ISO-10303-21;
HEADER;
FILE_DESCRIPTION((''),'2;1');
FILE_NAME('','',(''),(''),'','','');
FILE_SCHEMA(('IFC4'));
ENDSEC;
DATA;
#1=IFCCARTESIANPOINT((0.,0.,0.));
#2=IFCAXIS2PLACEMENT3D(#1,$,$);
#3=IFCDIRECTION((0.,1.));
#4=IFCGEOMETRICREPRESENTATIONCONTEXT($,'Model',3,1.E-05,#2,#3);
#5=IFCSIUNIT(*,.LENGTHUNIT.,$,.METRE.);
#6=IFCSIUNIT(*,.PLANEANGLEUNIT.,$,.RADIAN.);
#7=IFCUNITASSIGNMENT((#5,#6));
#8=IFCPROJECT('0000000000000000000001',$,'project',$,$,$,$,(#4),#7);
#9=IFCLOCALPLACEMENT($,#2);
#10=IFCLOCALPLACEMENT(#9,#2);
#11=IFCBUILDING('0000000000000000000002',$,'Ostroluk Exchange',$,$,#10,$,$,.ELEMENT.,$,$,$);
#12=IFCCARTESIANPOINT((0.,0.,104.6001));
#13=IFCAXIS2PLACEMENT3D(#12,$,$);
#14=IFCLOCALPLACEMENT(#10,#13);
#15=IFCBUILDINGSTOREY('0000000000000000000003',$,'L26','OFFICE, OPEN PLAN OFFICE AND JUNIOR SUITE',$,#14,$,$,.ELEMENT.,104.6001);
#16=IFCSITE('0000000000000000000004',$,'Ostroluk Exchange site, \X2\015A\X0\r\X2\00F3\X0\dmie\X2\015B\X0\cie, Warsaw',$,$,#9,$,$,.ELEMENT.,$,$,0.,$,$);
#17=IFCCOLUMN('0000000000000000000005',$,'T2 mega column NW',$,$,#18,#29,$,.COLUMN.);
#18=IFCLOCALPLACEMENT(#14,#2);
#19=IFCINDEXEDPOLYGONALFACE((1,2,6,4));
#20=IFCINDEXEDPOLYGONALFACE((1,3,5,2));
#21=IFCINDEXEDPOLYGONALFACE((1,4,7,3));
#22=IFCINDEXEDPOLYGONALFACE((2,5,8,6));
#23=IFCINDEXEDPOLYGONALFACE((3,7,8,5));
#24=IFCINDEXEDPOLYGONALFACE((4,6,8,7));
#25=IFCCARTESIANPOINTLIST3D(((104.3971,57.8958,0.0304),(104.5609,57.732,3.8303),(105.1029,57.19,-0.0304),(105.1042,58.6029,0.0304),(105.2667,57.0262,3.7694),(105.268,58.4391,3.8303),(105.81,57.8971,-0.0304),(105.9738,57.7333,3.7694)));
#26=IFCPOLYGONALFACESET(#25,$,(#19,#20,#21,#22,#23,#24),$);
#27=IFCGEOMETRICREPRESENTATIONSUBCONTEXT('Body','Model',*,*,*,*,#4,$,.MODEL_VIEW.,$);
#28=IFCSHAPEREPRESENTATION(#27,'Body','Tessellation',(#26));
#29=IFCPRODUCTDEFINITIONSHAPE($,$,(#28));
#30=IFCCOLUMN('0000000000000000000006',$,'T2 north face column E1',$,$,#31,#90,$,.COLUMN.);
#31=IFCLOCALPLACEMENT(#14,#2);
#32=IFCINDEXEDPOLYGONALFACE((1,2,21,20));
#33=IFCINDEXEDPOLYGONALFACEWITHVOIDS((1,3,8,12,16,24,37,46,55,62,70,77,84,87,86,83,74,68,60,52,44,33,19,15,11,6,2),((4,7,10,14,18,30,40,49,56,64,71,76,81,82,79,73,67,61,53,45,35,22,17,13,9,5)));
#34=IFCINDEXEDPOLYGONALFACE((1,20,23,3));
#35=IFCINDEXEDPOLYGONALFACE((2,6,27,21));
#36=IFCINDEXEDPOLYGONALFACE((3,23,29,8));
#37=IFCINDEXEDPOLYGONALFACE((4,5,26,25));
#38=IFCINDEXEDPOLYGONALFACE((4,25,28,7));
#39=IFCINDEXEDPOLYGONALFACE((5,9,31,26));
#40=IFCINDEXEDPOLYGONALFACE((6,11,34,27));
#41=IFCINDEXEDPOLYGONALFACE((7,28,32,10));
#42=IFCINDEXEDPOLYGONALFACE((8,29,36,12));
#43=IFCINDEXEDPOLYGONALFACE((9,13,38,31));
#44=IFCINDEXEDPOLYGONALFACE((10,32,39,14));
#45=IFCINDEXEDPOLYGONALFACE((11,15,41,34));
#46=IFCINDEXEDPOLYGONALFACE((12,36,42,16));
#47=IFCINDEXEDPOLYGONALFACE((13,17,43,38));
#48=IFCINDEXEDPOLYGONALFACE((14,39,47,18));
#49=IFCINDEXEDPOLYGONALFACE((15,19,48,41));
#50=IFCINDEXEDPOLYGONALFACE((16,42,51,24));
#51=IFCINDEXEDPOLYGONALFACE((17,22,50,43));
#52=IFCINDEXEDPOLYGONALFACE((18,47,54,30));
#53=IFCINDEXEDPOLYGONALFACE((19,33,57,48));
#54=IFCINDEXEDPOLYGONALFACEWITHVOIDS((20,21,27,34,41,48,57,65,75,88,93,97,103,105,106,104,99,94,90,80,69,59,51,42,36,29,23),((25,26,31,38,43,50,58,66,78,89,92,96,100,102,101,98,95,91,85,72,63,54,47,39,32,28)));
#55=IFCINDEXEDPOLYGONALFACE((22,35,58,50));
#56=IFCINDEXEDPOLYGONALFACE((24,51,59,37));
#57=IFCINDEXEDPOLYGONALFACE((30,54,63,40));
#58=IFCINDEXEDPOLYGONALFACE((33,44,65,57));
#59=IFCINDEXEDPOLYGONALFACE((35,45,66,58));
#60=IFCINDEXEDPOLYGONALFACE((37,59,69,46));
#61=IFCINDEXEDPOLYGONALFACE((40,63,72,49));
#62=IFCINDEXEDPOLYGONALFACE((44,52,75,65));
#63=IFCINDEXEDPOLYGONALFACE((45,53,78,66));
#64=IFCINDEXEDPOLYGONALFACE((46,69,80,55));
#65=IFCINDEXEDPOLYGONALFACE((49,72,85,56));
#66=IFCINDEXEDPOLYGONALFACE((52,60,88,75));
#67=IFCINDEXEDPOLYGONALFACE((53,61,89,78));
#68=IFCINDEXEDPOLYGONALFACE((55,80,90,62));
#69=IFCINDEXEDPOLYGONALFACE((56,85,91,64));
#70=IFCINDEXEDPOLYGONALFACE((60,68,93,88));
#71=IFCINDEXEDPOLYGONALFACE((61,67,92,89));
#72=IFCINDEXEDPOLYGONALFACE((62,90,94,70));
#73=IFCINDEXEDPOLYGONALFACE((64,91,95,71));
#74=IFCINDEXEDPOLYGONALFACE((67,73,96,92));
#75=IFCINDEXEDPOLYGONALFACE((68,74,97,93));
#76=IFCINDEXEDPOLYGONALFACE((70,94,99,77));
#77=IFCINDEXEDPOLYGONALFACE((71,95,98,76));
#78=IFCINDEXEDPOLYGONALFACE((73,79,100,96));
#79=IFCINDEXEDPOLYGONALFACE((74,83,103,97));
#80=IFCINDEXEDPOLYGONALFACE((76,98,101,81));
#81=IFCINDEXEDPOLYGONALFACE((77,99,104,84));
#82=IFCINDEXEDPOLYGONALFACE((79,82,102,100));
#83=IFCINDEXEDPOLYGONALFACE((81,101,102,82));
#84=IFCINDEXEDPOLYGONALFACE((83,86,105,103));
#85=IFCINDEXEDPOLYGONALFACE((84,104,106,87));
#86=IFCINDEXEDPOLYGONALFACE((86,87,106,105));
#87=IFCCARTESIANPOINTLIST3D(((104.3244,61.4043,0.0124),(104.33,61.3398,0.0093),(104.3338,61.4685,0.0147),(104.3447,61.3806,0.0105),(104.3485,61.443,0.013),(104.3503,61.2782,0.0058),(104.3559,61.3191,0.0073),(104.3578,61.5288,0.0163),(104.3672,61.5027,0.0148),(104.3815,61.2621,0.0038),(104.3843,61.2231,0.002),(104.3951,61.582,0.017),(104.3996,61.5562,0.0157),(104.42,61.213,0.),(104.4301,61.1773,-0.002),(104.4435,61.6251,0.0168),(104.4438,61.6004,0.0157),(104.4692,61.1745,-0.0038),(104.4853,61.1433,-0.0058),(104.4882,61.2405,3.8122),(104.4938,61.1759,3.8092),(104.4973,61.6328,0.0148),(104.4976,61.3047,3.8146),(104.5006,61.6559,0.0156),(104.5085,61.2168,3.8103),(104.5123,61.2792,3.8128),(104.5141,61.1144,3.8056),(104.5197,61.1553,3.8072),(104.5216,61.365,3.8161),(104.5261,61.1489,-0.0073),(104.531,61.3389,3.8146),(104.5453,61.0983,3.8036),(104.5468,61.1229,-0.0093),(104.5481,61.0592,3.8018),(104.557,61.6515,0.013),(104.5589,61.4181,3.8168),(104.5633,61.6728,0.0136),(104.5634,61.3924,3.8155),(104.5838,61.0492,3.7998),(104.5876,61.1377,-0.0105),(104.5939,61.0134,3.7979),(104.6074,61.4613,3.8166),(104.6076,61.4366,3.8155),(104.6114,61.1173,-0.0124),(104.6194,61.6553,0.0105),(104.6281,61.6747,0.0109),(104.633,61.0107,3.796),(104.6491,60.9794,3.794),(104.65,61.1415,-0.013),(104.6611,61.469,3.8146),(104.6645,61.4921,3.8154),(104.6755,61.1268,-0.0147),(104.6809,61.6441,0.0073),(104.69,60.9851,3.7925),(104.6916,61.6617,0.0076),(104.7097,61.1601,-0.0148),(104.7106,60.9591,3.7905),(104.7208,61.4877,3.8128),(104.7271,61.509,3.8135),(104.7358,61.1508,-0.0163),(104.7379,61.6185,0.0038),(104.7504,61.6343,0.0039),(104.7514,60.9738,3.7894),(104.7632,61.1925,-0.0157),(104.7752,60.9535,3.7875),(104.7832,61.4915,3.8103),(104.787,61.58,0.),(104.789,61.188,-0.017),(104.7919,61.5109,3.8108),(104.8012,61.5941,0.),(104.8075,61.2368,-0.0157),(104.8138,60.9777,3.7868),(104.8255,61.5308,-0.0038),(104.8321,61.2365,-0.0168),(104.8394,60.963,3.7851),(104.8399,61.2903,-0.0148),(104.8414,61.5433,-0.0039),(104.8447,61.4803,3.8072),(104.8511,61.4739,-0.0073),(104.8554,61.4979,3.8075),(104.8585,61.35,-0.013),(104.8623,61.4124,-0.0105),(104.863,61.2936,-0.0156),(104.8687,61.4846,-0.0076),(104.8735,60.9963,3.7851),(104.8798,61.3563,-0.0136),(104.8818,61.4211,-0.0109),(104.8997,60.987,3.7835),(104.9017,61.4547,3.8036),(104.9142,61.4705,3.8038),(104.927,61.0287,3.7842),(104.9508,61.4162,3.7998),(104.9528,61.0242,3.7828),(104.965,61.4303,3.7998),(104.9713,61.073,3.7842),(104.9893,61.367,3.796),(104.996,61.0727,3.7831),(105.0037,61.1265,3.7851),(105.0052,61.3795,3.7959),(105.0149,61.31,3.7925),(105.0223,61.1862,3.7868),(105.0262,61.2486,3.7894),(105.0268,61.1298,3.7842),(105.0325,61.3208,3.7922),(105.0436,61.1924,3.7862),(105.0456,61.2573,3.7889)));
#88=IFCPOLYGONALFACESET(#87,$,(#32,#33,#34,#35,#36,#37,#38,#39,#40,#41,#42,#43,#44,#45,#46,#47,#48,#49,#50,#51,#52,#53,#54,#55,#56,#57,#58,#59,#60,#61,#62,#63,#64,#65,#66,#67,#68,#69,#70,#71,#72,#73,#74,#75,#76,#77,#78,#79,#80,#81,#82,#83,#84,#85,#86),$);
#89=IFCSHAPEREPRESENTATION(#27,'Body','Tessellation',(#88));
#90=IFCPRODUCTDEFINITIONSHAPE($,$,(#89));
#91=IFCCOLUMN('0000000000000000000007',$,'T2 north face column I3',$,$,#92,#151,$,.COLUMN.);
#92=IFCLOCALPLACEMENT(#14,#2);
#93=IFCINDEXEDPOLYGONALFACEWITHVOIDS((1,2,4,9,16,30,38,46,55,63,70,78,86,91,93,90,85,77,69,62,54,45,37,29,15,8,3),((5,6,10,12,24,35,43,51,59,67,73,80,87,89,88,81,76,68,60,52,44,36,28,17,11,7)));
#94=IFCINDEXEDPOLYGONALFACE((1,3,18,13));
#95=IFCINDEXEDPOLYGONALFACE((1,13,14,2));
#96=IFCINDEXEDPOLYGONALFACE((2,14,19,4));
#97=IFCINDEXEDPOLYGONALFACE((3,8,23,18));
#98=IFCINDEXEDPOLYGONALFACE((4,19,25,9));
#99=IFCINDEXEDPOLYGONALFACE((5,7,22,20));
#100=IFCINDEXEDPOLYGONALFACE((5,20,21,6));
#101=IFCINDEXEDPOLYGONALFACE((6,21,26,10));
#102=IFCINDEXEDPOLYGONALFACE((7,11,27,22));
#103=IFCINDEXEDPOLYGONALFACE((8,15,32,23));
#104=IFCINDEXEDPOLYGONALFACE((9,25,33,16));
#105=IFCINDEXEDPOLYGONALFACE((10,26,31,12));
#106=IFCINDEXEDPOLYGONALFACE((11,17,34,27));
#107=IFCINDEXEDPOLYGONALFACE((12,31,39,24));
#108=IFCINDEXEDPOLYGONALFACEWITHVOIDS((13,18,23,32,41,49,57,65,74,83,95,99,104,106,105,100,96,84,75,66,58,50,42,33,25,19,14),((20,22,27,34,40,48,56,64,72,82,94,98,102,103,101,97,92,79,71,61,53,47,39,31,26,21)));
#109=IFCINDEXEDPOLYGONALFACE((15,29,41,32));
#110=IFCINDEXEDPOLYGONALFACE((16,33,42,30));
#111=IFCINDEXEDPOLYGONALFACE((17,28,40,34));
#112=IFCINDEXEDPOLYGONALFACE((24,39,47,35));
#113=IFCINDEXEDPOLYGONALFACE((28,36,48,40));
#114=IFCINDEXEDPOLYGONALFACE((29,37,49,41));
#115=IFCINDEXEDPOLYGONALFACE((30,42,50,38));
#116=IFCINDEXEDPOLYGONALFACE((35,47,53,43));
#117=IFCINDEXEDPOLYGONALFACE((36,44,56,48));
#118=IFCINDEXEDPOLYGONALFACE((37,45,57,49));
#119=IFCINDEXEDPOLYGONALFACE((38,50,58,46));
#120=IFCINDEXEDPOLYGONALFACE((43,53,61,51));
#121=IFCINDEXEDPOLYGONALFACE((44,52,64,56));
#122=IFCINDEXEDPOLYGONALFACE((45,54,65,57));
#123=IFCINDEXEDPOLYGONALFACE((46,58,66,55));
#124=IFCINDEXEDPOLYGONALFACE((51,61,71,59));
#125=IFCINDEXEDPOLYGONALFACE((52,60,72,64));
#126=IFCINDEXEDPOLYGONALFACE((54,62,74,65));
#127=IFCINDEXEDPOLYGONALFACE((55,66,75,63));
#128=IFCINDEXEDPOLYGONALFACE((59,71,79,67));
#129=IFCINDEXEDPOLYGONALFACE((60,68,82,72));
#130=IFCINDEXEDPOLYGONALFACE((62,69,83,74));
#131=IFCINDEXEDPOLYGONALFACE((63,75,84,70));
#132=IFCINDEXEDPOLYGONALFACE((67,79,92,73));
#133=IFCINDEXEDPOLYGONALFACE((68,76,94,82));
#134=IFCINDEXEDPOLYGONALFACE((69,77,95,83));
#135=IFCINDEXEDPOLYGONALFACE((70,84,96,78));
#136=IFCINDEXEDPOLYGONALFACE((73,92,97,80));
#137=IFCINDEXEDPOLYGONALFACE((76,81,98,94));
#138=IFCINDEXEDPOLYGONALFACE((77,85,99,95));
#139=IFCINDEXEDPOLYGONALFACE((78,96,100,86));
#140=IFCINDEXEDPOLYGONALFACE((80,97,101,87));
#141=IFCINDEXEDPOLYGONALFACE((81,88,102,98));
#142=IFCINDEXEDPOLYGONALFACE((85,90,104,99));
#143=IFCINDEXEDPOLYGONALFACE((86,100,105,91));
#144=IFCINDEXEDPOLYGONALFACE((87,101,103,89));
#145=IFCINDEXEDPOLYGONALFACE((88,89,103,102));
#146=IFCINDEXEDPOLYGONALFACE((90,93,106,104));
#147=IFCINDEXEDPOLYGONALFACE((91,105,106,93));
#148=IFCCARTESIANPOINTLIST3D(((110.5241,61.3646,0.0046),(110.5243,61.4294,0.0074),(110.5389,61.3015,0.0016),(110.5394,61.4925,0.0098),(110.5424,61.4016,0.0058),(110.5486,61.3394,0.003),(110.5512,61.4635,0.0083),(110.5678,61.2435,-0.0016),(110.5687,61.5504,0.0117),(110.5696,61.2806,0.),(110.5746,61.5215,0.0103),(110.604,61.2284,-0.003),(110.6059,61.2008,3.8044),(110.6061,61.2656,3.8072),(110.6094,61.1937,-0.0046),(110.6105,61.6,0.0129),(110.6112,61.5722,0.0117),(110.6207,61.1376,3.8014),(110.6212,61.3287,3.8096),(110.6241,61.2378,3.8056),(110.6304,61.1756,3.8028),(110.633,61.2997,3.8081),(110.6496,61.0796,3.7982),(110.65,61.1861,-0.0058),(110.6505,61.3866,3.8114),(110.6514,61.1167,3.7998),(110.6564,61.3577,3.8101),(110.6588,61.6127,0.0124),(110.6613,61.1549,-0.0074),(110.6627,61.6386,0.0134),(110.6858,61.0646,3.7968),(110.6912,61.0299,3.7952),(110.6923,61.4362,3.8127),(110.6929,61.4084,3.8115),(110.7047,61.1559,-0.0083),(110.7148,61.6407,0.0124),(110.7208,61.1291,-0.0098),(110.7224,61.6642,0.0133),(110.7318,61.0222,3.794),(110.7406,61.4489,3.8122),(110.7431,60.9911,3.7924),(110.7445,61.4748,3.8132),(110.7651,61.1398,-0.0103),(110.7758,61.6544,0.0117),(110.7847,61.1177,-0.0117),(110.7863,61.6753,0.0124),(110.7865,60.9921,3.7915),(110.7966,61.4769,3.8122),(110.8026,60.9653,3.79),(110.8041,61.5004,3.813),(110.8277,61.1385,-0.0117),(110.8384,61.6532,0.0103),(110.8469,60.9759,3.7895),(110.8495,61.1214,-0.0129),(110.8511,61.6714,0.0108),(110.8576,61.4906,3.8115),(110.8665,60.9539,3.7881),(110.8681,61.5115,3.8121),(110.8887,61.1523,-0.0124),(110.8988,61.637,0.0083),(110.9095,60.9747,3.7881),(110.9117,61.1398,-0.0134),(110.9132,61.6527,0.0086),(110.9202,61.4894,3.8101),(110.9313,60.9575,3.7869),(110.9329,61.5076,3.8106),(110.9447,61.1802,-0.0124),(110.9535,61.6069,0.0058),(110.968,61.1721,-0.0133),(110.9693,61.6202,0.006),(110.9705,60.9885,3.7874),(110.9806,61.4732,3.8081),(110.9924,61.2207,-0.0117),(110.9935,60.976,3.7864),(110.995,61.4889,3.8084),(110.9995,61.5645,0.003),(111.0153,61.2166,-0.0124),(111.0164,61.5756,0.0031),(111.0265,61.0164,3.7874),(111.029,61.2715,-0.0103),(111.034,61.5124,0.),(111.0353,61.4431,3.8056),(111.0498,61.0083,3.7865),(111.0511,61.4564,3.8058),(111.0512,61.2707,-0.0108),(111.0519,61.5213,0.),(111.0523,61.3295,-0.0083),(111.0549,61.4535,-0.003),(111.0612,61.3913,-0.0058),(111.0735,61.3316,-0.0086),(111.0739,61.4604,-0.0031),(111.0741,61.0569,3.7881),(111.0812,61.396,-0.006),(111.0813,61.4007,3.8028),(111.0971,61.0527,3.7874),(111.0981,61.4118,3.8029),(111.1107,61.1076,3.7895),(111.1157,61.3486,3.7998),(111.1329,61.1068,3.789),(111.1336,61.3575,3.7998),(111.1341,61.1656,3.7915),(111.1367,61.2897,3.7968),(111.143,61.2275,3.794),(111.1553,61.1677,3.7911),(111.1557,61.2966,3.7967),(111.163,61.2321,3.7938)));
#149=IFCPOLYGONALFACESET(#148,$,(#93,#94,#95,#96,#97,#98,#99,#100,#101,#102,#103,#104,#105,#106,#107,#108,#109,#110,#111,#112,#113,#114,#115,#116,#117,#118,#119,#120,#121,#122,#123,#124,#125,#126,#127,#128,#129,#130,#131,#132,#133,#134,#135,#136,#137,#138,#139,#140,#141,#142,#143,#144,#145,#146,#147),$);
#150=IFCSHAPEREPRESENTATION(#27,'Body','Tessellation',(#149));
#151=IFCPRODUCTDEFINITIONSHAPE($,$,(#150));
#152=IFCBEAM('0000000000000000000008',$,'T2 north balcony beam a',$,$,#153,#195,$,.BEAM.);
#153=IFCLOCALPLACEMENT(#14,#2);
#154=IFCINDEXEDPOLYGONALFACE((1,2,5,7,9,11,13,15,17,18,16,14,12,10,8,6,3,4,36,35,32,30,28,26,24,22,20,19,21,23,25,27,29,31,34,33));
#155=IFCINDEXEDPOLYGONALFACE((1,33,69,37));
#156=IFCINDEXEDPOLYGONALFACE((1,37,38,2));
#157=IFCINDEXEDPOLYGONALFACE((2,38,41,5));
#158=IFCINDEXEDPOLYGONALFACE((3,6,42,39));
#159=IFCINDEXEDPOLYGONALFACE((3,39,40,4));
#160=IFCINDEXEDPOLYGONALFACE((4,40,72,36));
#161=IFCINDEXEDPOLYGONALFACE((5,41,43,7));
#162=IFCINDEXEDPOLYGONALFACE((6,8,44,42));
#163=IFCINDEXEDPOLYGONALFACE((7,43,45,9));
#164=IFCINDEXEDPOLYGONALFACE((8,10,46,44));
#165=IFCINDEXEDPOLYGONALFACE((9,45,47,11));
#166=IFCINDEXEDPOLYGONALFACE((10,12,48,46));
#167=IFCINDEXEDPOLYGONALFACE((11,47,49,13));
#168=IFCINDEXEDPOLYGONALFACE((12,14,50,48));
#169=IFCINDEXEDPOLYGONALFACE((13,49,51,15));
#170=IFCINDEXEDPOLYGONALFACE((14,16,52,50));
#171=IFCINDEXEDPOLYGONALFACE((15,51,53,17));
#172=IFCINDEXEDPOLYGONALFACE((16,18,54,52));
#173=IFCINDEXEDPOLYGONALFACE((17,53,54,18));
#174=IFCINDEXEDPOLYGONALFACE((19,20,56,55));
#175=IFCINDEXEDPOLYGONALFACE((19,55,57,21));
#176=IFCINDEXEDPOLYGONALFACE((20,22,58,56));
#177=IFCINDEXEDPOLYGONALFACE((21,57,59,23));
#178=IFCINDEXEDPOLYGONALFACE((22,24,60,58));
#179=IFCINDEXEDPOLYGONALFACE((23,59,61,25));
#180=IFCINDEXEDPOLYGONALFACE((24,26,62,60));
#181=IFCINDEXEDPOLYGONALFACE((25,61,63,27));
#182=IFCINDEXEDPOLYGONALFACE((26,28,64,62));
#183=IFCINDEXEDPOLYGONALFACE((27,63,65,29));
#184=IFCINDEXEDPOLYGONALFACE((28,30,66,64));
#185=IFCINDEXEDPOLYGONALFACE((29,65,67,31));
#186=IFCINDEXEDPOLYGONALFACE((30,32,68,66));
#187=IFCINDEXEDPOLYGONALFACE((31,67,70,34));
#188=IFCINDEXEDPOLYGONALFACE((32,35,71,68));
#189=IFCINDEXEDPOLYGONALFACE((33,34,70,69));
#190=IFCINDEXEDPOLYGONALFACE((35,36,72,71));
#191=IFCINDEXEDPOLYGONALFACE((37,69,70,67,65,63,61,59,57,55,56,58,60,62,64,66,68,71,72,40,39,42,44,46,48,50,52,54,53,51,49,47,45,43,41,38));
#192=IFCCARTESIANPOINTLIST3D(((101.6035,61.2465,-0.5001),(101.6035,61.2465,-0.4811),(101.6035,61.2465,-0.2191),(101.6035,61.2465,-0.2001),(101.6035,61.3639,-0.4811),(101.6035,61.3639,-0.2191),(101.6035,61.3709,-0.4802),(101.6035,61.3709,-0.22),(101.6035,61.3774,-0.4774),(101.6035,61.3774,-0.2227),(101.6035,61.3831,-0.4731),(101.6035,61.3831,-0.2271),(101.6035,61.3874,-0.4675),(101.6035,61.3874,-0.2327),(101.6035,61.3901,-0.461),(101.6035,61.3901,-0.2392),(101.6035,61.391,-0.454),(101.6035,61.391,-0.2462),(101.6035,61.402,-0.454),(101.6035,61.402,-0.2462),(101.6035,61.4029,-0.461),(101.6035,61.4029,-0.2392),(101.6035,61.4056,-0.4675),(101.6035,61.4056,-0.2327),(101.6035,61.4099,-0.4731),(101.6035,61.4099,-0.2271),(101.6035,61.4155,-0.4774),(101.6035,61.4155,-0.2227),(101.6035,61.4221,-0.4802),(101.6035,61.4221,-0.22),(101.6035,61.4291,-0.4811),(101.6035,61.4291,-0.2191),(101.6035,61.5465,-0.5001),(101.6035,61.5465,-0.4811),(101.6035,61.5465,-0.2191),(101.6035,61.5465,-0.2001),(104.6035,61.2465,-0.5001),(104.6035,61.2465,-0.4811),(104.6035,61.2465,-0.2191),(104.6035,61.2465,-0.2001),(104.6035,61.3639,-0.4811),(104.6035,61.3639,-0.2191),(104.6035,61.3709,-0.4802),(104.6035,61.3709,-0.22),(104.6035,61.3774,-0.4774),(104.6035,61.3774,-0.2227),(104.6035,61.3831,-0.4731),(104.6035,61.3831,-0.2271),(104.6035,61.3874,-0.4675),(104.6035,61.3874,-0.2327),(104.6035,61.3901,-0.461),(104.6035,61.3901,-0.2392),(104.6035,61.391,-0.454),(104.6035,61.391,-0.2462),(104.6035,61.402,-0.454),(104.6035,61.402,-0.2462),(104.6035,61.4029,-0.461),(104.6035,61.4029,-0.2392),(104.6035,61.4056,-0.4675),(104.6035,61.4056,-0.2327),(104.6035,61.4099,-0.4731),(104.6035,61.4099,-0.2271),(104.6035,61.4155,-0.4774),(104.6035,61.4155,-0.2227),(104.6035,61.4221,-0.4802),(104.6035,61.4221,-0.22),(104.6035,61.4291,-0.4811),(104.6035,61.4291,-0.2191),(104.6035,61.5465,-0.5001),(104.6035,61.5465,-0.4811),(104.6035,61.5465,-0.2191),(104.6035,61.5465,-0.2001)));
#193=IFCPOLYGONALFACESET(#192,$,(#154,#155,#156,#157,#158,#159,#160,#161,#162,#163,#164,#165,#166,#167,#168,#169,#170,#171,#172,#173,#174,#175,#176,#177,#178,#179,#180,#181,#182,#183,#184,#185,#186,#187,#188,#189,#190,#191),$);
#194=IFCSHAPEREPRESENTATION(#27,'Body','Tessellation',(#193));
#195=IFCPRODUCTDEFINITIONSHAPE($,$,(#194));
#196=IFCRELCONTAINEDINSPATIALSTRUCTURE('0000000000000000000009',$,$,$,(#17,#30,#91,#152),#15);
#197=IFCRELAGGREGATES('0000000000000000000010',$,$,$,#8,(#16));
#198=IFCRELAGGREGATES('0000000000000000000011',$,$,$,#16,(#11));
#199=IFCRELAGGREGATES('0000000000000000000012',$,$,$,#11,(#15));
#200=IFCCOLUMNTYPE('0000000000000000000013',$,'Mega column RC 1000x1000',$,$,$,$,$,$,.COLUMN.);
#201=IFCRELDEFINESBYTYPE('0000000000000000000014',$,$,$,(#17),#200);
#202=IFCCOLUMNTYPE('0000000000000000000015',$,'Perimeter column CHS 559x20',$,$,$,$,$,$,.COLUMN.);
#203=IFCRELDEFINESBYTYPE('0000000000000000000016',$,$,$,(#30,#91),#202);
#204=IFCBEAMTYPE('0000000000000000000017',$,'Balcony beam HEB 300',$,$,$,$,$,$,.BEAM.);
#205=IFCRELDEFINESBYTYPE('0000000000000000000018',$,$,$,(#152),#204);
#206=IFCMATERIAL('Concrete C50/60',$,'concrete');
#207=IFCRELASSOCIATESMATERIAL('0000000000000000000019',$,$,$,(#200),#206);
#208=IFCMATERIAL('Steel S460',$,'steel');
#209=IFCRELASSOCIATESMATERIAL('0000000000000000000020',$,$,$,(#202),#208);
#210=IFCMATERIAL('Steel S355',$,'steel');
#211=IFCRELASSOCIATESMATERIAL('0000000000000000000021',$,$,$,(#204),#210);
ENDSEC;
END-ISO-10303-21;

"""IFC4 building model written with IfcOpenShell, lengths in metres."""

from ifc_helpers import new_model, si_unit, direction, frame, origin, origin_2d, place, context, subcontext, project, spatial, rectangle, hollow_circle, i_section, extrude, material, material_profile, profile_set, type_object, element, save


model = new_model("IFC4")

# Units and contexts
model_context = context("Model", 3, precision=1e-05, world=origin(), true_north=direction((0.0, 1.0)))
body_context = subcontext(model_context, "Body", "Model", "MODEL_VIEW")
ifc_project = project(units=[si_unit("LENGTHUNIT", "METRE"), si_unit("PLANEANGLEUNIT", "RADIAN")], contexts=[model_context])

# Site, building, storey
site_placement = place(None, origin())
site = spatial("IfcSite", under=ifc_project, at=site_placement, Name="Ostroluk Exchange site, Śródmieście, Warsaw", CompositionType="ELEMENT", RefElevation=0.0)
building_placement = place(site_placement, origin())
building = spatial("IfcBuilding", under=site, at=building_placement, Name="Ostroluk Exchange", CompositionType="ELEMENT")
storey_placement = place(building_placement, frame((0.0, 0.0, 104.6001)))
storey = spatial("IfcBuildingStorey", under=building, at=storey_placement, Name="L26", Description="OFFICE, OPEN PLAN OFFICE AND JUNIOR SUITE", CompositionType="ELEMENT", Elevation=104.6001)

# Columns
ifc_material_1 = material(Name="Concrete C50/60", Category="concrete")
ifc_material_profile_1 = material_profile(ifc_material_1, rectangle(XDim=1.0, YDim=1.0, at=origin_2d()), Name="RC 1000x1000")
ifc_profile_set_1 = profile_set([ifc_material_profile_1], Name="Concrete C50/60")
column_type_1 = type_object("IfcColumnType", Name="Mega column RC 1000x1000", PredefinedType="COLUMN", material=ifc_profile_set_1)
column_1_placement = place(storey_placement, frame((105.1035, 57.8965, 0.0), z_axis=(0.043032, -0.043032, 0.998146), x_axis=(0.707107, 0.707107, 0.0)))
element("IfcColumn", 1, at=column_1_placement, inside=storey, type_object=column_type_1, Name="T2 mega column NW", PredefinedType="COLUMN", context=body_context, shape_type="SweptSolid", body=[
    extrude(rectangle(XDim=1.0, YDim=1.0, at=origin_2d()), origin(), (0.0, 0.0, 1.0), 3.8069),
])
ifc_material_2 = material(Name="Steel S460", Category="steel")
ifc_material_profile_2 = material_profile(ifc_material_2, hollow_circle(Radius=0.2795, WallThickness=0.02, at=origin_2d()), Name="CHS 559x20")
ifc_profile_set_2 = profile_set([ifc_material_profile_2], Name="Steel S460")
column_type_2 = type_object("IfcColumnType", Name="Perimeter column CHS 559x20", PredefinedType="COLUMN", material=ifc_profile_set_2)
column_2_placement = place(storey_placement, frame((104.6035, 61.3965, 0.0), z_axis=(0.043032, -0.043032, 0.998146), x_axis=(0.707107, 0.707107, 0.0)))
element("IfcColumn", 2, at=column_2_placement, inside=storey, type_object=column_type_2, Name="T2 north face column E1", PredefinedType="COLUMN", context=body_context, shape_type="SweptSolid", body=[
    extrude(hollow_circle(Radius=0.2795, WallThickness=0.02, at=origin_2d()), origin(), (0.0, 0.0, 1.0), 3.8069),
])
column_3_placement = place(storey_placement, frame((110.8018, 61.3965, 0.0), z_axis=(0.021499, -0.043062, 0.998841), x_axis=(0.894694, 0.44668, 0.0)))
element("IfcColumn", 3, at=column_3_placement, inside=storey, type_object=column_type_2, Name="T2 north face column I3", PredefinedType="COLUMN", context=body_context, shape_type="SweptSolid", body=[
    extrude(hollow_circle(Radius=0.2795, WallThickness=0.02, at=origin_2d()), origin(), (0.0, 0.0, 1.0), 3.8042),
])

# Beam
ifc_material_3 = material(Name="Steel S355", Category="steel")
ifc_material_profile_3 = material_profile(ifc_material_3, i_section(OverallWidth=0.3, OverallDepth=0.3, WebThickness=0.011, FlangeThickness=0.019, FilletRadius=0.0271, at=origin_2d()), Name="HEB 300")
ifc_profile_set_3 = profile_set([ifc_material_profile_3], Name="Steel S355")
beam_type_1 = type_object("IfcBeamType", Name="Balcony beam HEB 300", PredefinedType="BEAM", material=ifc_profile_set_3)
beam_1_placement = place(storey_placement, frame((104.6035, 61.3965, -0.3501), z_axis=(-1.0, 0.0, 0.0), x_axis=(0.0, -1.0, 0.0)))
element("IfcBeam", 4, at=beam_1_placement, inside=storey, type_object=beam_type_1, Name="T2 north balcony beam a", PredefinedType="BEAM", context=body_context, shape_type="SweptSolid", body=[
    extrude(i_section(OverallWidth=0.3, OverallDepth=0.3, WebThickness=0.011, FlangeThickness=0.019, FilletRadius=0.0271, at=origin_2d()), origin(), (0.0, 0.0, 1.0), 3.0),
])

save(model, "model.ifc")
